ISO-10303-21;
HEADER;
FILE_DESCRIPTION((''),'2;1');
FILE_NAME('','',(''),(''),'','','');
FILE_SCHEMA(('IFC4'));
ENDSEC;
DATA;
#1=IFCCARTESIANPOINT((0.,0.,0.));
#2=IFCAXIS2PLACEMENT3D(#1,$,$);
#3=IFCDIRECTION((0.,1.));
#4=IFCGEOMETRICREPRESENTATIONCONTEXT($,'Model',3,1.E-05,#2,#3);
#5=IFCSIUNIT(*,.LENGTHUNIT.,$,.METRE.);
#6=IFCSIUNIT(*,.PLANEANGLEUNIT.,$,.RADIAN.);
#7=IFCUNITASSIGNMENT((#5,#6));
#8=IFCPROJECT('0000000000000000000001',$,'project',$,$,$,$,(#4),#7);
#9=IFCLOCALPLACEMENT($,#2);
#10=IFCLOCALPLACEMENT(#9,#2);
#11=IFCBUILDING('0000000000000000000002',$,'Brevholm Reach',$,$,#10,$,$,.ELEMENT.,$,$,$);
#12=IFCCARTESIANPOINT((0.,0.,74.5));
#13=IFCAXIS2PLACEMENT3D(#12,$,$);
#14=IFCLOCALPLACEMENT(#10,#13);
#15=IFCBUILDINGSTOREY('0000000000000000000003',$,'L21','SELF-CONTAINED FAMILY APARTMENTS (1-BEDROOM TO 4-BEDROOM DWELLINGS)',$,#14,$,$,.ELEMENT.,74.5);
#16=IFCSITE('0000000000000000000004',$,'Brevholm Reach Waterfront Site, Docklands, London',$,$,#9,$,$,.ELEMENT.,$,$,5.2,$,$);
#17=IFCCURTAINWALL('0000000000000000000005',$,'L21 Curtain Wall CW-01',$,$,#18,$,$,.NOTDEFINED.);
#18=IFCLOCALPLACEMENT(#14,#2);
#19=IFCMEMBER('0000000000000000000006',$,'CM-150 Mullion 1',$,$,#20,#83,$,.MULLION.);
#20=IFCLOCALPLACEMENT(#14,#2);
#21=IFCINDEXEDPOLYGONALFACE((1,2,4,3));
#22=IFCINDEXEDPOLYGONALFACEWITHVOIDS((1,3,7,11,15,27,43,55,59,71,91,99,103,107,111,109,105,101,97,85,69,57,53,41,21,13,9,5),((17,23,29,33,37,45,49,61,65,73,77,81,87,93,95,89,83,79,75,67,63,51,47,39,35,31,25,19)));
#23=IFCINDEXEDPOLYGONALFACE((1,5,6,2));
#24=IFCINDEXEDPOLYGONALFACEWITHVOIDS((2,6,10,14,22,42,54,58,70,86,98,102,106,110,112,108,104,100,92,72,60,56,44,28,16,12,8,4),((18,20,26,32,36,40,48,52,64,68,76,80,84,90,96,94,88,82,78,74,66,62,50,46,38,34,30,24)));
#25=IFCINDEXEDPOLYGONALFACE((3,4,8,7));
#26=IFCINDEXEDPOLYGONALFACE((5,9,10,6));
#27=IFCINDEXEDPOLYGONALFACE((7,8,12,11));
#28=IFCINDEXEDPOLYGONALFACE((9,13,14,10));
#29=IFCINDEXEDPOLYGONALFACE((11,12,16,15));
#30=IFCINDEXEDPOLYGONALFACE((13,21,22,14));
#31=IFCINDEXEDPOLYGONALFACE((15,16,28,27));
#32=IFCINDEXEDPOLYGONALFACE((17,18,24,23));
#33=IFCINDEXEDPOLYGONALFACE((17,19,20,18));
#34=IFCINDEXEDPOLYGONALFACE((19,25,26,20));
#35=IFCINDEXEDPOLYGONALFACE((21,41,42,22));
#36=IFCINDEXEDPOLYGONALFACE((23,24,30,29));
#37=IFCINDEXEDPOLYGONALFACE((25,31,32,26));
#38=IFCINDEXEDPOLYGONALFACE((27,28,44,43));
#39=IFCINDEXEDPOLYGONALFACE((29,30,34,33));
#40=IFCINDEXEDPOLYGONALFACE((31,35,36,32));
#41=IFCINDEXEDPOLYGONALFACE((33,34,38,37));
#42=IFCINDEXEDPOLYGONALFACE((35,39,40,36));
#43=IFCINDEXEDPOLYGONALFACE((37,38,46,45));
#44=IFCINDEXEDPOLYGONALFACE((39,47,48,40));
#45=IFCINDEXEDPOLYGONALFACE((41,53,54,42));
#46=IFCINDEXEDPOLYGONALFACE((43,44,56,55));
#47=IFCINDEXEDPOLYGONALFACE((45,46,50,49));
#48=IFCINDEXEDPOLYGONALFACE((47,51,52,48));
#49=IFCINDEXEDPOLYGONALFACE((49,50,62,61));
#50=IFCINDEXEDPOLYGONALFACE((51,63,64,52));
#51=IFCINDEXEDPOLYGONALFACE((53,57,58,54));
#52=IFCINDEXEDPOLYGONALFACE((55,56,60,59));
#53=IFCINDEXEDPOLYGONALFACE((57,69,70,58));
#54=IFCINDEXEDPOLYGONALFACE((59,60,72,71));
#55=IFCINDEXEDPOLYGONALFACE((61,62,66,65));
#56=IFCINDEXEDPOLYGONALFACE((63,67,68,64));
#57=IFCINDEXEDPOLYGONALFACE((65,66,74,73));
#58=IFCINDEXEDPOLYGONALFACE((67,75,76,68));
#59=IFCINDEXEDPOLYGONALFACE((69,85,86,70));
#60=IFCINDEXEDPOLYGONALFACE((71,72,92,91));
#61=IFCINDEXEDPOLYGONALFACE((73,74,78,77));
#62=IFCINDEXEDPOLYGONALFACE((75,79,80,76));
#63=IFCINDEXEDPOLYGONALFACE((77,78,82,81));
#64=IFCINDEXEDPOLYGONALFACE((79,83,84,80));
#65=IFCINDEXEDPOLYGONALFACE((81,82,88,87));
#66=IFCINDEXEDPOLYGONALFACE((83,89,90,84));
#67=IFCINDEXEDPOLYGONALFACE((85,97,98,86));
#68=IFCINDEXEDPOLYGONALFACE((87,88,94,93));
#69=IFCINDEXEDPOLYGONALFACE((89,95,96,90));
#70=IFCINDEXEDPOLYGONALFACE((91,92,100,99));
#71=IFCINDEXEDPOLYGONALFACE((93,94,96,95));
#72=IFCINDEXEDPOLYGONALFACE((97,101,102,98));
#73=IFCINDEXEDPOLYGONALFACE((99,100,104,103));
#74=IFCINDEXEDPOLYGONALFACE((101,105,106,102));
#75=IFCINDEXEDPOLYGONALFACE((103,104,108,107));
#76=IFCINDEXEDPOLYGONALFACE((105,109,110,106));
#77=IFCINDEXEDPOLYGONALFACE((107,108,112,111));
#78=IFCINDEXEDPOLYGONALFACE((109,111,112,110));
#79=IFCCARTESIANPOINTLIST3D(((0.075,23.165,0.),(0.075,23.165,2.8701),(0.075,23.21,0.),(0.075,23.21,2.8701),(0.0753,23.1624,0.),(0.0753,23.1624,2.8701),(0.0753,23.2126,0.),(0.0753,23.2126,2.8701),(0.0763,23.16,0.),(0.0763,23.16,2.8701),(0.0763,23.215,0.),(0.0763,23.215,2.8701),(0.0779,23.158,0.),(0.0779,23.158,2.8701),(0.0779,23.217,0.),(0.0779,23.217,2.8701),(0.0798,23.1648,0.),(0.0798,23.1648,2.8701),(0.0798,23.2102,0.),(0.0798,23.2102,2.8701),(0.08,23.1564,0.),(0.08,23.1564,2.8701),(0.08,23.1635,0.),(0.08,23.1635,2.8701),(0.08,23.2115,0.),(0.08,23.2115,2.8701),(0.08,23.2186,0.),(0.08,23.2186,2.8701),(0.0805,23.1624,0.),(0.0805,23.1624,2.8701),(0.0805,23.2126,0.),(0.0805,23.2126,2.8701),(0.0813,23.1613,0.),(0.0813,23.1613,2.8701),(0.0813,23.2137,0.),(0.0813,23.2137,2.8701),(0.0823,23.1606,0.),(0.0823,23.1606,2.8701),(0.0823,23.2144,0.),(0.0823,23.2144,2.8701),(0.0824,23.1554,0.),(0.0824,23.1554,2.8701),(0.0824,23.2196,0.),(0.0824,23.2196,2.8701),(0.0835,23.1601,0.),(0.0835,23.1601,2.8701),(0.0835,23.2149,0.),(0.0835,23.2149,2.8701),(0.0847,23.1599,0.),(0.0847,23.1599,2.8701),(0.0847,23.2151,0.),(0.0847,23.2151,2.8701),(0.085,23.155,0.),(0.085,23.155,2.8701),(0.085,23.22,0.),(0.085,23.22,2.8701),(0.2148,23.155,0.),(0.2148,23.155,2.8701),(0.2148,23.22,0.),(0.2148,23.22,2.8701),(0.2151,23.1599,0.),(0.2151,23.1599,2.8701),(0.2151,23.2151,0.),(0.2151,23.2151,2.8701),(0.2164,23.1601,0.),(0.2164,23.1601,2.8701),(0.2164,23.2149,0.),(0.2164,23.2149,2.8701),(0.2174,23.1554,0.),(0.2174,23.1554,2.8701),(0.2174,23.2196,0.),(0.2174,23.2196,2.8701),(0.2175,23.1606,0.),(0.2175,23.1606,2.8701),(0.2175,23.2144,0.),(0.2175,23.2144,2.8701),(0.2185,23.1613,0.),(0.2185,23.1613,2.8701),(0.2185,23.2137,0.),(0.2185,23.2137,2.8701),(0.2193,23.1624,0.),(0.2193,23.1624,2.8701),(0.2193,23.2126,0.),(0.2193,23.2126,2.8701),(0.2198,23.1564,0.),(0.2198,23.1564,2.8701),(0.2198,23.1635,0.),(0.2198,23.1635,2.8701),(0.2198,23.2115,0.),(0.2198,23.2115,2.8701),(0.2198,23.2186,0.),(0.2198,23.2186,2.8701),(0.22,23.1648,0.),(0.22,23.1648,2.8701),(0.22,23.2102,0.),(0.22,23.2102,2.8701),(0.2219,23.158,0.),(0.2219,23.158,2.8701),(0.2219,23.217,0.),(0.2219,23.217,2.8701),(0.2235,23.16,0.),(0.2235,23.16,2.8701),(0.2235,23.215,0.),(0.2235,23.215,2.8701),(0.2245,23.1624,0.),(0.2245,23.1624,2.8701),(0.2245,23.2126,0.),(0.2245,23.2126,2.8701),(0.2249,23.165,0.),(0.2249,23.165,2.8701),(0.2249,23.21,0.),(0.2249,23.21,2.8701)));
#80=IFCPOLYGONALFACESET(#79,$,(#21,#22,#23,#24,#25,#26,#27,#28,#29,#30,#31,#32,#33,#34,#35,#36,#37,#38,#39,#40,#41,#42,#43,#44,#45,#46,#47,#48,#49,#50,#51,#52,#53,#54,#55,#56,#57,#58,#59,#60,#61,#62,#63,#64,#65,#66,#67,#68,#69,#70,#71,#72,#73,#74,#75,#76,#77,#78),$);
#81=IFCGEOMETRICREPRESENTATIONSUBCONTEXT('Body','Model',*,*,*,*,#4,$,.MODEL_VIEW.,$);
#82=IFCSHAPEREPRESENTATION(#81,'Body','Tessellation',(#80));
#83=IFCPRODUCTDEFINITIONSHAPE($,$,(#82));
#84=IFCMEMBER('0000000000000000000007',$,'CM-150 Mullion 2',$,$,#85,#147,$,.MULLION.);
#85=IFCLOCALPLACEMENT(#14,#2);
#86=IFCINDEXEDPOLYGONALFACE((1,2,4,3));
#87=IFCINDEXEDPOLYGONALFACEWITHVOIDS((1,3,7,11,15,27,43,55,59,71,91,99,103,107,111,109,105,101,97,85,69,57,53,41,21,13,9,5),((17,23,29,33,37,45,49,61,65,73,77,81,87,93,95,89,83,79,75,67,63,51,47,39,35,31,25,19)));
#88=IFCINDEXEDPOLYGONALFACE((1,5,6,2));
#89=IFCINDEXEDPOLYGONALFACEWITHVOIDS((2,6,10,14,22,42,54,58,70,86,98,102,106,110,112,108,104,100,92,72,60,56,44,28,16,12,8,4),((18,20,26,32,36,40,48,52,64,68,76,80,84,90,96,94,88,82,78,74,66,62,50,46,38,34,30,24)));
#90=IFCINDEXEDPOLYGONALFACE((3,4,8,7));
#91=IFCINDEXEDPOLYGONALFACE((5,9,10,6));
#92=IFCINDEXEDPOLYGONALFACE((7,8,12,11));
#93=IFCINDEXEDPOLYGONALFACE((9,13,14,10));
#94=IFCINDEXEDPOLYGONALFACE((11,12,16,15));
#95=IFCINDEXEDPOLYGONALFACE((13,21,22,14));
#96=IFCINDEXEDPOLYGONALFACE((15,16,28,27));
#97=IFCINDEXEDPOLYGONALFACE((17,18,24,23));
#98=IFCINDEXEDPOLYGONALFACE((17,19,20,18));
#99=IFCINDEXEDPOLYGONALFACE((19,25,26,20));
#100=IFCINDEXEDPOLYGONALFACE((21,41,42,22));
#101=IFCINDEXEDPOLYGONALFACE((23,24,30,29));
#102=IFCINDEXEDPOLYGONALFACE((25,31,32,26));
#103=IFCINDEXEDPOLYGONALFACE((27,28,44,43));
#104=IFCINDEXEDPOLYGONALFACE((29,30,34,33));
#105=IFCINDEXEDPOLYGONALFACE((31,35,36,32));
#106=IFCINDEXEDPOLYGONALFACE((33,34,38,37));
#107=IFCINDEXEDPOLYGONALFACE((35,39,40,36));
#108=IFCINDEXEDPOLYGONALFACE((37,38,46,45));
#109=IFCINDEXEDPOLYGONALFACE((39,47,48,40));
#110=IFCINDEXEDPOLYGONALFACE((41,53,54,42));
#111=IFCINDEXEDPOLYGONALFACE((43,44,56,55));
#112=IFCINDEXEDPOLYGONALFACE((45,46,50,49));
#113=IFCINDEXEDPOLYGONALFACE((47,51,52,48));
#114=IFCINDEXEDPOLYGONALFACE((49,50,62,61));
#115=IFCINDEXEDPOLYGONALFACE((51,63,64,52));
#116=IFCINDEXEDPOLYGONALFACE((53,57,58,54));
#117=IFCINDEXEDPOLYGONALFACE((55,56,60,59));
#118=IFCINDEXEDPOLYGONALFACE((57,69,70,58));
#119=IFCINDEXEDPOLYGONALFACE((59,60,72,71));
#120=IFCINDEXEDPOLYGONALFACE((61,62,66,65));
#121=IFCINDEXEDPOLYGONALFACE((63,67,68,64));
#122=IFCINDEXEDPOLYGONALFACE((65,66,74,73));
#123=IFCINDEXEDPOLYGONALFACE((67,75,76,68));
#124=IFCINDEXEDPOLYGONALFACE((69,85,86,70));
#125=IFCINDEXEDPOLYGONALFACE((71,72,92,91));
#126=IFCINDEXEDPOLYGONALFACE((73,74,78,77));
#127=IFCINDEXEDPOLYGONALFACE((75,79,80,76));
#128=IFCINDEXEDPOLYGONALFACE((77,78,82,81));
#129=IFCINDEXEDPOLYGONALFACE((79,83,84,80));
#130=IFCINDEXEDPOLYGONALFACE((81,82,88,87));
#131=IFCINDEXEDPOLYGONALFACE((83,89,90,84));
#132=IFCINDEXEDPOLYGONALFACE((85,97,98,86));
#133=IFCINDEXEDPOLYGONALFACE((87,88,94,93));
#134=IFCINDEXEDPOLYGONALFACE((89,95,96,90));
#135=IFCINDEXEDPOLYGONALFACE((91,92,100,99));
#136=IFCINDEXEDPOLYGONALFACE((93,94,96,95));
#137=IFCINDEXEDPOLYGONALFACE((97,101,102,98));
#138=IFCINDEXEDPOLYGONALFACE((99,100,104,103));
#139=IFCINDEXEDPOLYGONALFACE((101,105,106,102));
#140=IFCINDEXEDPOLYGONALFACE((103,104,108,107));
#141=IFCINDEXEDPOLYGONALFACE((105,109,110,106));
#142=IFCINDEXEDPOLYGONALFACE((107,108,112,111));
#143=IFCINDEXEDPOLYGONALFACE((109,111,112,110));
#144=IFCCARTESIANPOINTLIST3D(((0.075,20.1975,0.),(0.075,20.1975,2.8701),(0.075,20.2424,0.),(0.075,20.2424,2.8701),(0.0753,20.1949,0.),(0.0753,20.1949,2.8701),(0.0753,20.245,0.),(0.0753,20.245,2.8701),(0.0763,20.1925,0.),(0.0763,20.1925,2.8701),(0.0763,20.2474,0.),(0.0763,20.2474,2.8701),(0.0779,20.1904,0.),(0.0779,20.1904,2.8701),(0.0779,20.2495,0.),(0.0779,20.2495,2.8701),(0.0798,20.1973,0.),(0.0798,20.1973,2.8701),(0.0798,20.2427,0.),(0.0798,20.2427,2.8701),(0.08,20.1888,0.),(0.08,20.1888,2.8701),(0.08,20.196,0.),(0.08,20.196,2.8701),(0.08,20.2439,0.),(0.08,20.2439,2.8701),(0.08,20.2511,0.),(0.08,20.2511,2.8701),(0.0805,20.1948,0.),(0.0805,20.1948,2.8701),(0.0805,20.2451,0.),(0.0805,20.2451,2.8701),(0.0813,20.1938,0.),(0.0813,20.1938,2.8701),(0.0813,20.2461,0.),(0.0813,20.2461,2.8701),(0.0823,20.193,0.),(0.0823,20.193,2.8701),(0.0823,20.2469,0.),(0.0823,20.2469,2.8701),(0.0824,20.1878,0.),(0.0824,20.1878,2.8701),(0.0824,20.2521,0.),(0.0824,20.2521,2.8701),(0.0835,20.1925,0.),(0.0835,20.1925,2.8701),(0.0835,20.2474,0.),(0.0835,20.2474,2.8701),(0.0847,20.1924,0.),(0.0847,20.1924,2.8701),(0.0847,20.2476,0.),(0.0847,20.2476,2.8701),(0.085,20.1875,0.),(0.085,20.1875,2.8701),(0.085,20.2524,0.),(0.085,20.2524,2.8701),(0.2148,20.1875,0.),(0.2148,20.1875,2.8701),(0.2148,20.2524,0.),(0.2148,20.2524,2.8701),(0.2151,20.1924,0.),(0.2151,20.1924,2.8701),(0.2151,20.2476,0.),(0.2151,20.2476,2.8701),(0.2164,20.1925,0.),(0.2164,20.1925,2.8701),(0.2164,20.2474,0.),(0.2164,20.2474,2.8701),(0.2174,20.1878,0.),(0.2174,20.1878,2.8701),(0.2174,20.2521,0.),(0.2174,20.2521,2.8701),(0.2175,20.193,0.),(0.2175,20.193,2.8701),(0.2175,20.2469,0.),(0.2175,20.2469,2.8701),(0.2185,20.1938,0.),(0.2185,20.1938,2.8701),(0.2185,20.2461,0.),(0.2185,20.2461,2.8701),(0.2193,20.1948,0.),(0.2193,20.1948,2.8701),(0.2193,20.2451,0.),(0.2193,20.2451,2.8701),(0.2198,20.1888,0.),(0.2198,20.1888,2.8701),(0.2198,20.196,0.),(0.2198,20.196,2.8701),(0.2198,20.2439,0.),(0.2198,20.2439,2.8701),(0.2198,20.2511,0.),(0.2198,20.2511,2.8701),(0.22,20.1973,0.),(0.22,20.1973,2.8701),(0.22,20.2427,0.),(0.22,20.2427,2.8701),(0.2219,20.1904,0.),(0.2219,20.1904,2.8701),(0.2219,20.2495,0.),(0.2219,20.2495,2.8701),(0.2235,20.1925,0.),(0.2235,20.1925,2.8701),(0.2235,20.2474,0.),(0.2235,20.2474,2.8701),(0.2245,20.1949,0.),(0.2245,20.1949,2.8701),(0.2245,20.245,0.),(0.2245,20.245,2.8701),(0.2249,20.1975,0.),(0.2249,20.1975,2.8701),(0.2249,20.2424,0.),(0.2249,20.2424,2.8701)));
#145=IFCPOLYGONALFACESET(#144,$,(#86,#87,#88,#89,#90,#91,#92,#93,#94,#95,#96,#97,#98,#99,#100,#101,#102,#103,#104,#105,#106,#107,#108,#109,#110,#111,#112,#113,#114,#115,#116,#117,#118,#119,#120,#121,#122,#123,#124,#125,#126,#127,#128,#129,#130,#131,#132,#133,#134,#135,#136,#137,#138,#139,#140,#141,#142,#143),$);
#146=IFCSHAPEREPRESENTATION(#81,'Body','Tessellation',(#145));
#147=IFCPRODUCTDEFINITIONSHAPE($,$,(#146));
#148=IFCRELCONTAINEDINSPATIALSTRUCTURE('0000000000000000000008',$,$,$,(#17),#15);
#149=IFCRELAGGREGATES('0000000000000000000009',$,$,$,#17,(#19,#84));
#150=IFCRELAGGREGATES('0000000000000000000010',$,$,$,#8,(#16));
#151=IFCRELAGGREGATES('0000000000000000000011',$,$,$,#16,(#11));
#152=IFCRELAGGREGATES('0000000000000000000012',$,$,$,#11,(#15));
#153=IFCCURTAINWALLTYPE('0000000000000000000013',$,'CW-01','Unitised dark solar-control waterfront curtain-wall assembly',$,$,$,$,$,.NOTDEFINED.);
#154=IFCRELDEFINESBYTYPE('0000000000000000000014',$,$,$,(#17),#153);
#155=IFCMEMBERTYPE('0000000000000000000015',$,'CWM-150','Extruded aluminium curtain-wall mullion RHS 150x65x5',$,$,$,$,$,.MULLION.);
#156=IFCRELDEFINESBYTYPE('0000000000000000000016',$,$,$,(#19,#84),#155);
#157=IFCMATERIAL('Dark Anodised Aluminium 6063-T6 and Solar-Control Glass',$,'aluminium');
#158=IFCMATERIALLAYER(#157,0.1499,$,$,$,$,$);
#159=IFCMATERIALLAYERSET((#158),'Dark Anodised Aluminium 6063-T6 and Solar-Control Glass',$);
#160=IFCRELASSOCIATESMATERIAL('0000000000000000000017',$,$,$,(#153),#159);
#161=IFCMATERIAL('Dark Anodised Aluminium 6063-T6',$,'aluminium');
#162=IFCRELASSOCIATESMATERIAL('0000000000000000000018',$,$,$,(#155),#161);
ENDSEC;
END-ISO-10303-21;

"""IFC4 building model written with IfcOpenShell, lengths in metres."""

from ifc_helpers import new_model, si_unit, direction, frame, origin, origin_2d, place, context, subcontext, project, spatial, hollow_rectangle, extrude, material, layer, layer_set, material_profile, profile_set, type_object, element, aggregate, save


model = new_model("IFC4")

# Units and contexts
model_context = context("Model", 3, precision=1e-05, world=origin(), true_north=direction((0.0, 1.0)))
body_context = subcontext(model_context, "Body", "Model", "MODEL_VIEW")
ifc_project = project(units=[si_unit("LENGTHUNIT", "METRE"), si_unit("PLANEANGLEUNIT", "RADIAN")], contexts=[model_context])

# Site, building, storey
site_placement = place(None, origin())
site = spatial("IfcSite", under=ifc_project, at=site_placement, Name="Brevholm Reach Waterfront Site, Docklands, London", CompositionType="ELEMENT", RefElevation=5.2)
building_placement = place(site_placement, origin())
building = spatial("IfcBuilding", under=site, at=building_placement, Name="Brevholm Reach", CompositionType="ELEMENT")
storey_placement = place(building_placement, frame((0.0, 0.0, 74.5)))
storey = spatial("IfcBuildingStorey", under=building, at=storey_placement, Name="L21", Description="SELF-CONTAINED FAMILY APARTMENTS (1-BEDROOM TO 4-BEDROOM DWELLINGS)", CompositionType="ELEMENT", Elevation=74.5)

# Curtain wall, members
ifc_material_1 = material(Name="Dark Anodised Aluminium 6063-T6 and Solar-Control Glass", Category="aluminium")
ifc_layer_1 = layer(ifc_material_1, 0.1499)
ifc_layer_set_1 = layer_set([ifc_layer_1], Name="Dark Anodised Aluminium 6063-T6 and Solar-Control Glass")
curtain_wall_type = type_object("IfcCurtainWallType", Name="CW-01", Description="Unitised dark solar-control waterfront curtain-wall assembly", PredefinedType="NOTDEFINED", material=ifc_layer_set_1)
curtain_wall_placement = place(storey_placement, origin())
curtain_wall = element("IfcCurtainWall", 1, at=curtain_wall_placement, inside=storey, type_object=curtain_wall_type, Name="L21 Curtain Wall CW-01", PredefinedType="NOTDEFINED")
ifc_material_2 = material(Name="Dark Anodised Aluminium 6063-T6", Category="aluminium")
ifc_material_profile_1 = material_profile(ifc_material_2, hollow_rectangle(XDim=0.0649, YDim=0.1499, WallThickness=0.0049, InnerFilletRadius=0.0049, OuterFilletRadius=0.01, at=origin_2d()), Name="RHS 150x65x5")
ifc_profile_set_1 = profile_set([ifc_material_profile_1], Name="Dark Anodised Aluminium 6063-T6")
member_type_1 = type_object("IfcMemberType", Name="CWM-150", Description="Extruded aluminium curtain-wall mullion RHS 150x65x5", PredefinedType="MULLION", material=ifc_profile_set_1)
member_1_placement = place(storey_placement, frame((0.1499, 23.1875, 0.0), z_axis=(0.0, 0.0, 1.0), x_axis=(0.0, -1.0, 0.0)))
member_1 = element("IfcMember", 2, at=member_1_placement, type_object=member_type_1, Name="CM-150 Mullion 1", PredefinedType="MULLION", context=body_context, shape_type="SweptSolid", body=[
    extrude(hollow_rectangle(XDim=0.0649, YDim=0.1499, WallThickness=0.0049, InnerFilletRadius=0.0049, OuterFilletRadius=0.01, at=origin_2d()), origin(), (0.0, 0.0, 1.0), 2.8701),
])
member_2_placement = place(storey_placement, frame((0.1499, 20.22, 0.0), z_axis=(0.0, 0.0, 1.0), x_axis=(0.0, -1.0, 0.0)))
member_2 = element("IfcMember", 3, at=member_2_placement, type_object=member_type_1, Name="CM-150 Mullion 2", PredefinedType="MULLION", context=body_context, shape_type="SweptSolid", body=[
    extrude(hollow_rectangle(XDim=0.0649, YDim=0.1499, WallThickness=0.0049, InnerFilletRadius=0.0049, OuterFilletRadius=0.01, at=origin_2d()), origin(), (0.0, 0.0, 1.0), 2.8701),
])
aggregate(curtain_wall, [member_1, member_2])

save(model, "model.ifc")
